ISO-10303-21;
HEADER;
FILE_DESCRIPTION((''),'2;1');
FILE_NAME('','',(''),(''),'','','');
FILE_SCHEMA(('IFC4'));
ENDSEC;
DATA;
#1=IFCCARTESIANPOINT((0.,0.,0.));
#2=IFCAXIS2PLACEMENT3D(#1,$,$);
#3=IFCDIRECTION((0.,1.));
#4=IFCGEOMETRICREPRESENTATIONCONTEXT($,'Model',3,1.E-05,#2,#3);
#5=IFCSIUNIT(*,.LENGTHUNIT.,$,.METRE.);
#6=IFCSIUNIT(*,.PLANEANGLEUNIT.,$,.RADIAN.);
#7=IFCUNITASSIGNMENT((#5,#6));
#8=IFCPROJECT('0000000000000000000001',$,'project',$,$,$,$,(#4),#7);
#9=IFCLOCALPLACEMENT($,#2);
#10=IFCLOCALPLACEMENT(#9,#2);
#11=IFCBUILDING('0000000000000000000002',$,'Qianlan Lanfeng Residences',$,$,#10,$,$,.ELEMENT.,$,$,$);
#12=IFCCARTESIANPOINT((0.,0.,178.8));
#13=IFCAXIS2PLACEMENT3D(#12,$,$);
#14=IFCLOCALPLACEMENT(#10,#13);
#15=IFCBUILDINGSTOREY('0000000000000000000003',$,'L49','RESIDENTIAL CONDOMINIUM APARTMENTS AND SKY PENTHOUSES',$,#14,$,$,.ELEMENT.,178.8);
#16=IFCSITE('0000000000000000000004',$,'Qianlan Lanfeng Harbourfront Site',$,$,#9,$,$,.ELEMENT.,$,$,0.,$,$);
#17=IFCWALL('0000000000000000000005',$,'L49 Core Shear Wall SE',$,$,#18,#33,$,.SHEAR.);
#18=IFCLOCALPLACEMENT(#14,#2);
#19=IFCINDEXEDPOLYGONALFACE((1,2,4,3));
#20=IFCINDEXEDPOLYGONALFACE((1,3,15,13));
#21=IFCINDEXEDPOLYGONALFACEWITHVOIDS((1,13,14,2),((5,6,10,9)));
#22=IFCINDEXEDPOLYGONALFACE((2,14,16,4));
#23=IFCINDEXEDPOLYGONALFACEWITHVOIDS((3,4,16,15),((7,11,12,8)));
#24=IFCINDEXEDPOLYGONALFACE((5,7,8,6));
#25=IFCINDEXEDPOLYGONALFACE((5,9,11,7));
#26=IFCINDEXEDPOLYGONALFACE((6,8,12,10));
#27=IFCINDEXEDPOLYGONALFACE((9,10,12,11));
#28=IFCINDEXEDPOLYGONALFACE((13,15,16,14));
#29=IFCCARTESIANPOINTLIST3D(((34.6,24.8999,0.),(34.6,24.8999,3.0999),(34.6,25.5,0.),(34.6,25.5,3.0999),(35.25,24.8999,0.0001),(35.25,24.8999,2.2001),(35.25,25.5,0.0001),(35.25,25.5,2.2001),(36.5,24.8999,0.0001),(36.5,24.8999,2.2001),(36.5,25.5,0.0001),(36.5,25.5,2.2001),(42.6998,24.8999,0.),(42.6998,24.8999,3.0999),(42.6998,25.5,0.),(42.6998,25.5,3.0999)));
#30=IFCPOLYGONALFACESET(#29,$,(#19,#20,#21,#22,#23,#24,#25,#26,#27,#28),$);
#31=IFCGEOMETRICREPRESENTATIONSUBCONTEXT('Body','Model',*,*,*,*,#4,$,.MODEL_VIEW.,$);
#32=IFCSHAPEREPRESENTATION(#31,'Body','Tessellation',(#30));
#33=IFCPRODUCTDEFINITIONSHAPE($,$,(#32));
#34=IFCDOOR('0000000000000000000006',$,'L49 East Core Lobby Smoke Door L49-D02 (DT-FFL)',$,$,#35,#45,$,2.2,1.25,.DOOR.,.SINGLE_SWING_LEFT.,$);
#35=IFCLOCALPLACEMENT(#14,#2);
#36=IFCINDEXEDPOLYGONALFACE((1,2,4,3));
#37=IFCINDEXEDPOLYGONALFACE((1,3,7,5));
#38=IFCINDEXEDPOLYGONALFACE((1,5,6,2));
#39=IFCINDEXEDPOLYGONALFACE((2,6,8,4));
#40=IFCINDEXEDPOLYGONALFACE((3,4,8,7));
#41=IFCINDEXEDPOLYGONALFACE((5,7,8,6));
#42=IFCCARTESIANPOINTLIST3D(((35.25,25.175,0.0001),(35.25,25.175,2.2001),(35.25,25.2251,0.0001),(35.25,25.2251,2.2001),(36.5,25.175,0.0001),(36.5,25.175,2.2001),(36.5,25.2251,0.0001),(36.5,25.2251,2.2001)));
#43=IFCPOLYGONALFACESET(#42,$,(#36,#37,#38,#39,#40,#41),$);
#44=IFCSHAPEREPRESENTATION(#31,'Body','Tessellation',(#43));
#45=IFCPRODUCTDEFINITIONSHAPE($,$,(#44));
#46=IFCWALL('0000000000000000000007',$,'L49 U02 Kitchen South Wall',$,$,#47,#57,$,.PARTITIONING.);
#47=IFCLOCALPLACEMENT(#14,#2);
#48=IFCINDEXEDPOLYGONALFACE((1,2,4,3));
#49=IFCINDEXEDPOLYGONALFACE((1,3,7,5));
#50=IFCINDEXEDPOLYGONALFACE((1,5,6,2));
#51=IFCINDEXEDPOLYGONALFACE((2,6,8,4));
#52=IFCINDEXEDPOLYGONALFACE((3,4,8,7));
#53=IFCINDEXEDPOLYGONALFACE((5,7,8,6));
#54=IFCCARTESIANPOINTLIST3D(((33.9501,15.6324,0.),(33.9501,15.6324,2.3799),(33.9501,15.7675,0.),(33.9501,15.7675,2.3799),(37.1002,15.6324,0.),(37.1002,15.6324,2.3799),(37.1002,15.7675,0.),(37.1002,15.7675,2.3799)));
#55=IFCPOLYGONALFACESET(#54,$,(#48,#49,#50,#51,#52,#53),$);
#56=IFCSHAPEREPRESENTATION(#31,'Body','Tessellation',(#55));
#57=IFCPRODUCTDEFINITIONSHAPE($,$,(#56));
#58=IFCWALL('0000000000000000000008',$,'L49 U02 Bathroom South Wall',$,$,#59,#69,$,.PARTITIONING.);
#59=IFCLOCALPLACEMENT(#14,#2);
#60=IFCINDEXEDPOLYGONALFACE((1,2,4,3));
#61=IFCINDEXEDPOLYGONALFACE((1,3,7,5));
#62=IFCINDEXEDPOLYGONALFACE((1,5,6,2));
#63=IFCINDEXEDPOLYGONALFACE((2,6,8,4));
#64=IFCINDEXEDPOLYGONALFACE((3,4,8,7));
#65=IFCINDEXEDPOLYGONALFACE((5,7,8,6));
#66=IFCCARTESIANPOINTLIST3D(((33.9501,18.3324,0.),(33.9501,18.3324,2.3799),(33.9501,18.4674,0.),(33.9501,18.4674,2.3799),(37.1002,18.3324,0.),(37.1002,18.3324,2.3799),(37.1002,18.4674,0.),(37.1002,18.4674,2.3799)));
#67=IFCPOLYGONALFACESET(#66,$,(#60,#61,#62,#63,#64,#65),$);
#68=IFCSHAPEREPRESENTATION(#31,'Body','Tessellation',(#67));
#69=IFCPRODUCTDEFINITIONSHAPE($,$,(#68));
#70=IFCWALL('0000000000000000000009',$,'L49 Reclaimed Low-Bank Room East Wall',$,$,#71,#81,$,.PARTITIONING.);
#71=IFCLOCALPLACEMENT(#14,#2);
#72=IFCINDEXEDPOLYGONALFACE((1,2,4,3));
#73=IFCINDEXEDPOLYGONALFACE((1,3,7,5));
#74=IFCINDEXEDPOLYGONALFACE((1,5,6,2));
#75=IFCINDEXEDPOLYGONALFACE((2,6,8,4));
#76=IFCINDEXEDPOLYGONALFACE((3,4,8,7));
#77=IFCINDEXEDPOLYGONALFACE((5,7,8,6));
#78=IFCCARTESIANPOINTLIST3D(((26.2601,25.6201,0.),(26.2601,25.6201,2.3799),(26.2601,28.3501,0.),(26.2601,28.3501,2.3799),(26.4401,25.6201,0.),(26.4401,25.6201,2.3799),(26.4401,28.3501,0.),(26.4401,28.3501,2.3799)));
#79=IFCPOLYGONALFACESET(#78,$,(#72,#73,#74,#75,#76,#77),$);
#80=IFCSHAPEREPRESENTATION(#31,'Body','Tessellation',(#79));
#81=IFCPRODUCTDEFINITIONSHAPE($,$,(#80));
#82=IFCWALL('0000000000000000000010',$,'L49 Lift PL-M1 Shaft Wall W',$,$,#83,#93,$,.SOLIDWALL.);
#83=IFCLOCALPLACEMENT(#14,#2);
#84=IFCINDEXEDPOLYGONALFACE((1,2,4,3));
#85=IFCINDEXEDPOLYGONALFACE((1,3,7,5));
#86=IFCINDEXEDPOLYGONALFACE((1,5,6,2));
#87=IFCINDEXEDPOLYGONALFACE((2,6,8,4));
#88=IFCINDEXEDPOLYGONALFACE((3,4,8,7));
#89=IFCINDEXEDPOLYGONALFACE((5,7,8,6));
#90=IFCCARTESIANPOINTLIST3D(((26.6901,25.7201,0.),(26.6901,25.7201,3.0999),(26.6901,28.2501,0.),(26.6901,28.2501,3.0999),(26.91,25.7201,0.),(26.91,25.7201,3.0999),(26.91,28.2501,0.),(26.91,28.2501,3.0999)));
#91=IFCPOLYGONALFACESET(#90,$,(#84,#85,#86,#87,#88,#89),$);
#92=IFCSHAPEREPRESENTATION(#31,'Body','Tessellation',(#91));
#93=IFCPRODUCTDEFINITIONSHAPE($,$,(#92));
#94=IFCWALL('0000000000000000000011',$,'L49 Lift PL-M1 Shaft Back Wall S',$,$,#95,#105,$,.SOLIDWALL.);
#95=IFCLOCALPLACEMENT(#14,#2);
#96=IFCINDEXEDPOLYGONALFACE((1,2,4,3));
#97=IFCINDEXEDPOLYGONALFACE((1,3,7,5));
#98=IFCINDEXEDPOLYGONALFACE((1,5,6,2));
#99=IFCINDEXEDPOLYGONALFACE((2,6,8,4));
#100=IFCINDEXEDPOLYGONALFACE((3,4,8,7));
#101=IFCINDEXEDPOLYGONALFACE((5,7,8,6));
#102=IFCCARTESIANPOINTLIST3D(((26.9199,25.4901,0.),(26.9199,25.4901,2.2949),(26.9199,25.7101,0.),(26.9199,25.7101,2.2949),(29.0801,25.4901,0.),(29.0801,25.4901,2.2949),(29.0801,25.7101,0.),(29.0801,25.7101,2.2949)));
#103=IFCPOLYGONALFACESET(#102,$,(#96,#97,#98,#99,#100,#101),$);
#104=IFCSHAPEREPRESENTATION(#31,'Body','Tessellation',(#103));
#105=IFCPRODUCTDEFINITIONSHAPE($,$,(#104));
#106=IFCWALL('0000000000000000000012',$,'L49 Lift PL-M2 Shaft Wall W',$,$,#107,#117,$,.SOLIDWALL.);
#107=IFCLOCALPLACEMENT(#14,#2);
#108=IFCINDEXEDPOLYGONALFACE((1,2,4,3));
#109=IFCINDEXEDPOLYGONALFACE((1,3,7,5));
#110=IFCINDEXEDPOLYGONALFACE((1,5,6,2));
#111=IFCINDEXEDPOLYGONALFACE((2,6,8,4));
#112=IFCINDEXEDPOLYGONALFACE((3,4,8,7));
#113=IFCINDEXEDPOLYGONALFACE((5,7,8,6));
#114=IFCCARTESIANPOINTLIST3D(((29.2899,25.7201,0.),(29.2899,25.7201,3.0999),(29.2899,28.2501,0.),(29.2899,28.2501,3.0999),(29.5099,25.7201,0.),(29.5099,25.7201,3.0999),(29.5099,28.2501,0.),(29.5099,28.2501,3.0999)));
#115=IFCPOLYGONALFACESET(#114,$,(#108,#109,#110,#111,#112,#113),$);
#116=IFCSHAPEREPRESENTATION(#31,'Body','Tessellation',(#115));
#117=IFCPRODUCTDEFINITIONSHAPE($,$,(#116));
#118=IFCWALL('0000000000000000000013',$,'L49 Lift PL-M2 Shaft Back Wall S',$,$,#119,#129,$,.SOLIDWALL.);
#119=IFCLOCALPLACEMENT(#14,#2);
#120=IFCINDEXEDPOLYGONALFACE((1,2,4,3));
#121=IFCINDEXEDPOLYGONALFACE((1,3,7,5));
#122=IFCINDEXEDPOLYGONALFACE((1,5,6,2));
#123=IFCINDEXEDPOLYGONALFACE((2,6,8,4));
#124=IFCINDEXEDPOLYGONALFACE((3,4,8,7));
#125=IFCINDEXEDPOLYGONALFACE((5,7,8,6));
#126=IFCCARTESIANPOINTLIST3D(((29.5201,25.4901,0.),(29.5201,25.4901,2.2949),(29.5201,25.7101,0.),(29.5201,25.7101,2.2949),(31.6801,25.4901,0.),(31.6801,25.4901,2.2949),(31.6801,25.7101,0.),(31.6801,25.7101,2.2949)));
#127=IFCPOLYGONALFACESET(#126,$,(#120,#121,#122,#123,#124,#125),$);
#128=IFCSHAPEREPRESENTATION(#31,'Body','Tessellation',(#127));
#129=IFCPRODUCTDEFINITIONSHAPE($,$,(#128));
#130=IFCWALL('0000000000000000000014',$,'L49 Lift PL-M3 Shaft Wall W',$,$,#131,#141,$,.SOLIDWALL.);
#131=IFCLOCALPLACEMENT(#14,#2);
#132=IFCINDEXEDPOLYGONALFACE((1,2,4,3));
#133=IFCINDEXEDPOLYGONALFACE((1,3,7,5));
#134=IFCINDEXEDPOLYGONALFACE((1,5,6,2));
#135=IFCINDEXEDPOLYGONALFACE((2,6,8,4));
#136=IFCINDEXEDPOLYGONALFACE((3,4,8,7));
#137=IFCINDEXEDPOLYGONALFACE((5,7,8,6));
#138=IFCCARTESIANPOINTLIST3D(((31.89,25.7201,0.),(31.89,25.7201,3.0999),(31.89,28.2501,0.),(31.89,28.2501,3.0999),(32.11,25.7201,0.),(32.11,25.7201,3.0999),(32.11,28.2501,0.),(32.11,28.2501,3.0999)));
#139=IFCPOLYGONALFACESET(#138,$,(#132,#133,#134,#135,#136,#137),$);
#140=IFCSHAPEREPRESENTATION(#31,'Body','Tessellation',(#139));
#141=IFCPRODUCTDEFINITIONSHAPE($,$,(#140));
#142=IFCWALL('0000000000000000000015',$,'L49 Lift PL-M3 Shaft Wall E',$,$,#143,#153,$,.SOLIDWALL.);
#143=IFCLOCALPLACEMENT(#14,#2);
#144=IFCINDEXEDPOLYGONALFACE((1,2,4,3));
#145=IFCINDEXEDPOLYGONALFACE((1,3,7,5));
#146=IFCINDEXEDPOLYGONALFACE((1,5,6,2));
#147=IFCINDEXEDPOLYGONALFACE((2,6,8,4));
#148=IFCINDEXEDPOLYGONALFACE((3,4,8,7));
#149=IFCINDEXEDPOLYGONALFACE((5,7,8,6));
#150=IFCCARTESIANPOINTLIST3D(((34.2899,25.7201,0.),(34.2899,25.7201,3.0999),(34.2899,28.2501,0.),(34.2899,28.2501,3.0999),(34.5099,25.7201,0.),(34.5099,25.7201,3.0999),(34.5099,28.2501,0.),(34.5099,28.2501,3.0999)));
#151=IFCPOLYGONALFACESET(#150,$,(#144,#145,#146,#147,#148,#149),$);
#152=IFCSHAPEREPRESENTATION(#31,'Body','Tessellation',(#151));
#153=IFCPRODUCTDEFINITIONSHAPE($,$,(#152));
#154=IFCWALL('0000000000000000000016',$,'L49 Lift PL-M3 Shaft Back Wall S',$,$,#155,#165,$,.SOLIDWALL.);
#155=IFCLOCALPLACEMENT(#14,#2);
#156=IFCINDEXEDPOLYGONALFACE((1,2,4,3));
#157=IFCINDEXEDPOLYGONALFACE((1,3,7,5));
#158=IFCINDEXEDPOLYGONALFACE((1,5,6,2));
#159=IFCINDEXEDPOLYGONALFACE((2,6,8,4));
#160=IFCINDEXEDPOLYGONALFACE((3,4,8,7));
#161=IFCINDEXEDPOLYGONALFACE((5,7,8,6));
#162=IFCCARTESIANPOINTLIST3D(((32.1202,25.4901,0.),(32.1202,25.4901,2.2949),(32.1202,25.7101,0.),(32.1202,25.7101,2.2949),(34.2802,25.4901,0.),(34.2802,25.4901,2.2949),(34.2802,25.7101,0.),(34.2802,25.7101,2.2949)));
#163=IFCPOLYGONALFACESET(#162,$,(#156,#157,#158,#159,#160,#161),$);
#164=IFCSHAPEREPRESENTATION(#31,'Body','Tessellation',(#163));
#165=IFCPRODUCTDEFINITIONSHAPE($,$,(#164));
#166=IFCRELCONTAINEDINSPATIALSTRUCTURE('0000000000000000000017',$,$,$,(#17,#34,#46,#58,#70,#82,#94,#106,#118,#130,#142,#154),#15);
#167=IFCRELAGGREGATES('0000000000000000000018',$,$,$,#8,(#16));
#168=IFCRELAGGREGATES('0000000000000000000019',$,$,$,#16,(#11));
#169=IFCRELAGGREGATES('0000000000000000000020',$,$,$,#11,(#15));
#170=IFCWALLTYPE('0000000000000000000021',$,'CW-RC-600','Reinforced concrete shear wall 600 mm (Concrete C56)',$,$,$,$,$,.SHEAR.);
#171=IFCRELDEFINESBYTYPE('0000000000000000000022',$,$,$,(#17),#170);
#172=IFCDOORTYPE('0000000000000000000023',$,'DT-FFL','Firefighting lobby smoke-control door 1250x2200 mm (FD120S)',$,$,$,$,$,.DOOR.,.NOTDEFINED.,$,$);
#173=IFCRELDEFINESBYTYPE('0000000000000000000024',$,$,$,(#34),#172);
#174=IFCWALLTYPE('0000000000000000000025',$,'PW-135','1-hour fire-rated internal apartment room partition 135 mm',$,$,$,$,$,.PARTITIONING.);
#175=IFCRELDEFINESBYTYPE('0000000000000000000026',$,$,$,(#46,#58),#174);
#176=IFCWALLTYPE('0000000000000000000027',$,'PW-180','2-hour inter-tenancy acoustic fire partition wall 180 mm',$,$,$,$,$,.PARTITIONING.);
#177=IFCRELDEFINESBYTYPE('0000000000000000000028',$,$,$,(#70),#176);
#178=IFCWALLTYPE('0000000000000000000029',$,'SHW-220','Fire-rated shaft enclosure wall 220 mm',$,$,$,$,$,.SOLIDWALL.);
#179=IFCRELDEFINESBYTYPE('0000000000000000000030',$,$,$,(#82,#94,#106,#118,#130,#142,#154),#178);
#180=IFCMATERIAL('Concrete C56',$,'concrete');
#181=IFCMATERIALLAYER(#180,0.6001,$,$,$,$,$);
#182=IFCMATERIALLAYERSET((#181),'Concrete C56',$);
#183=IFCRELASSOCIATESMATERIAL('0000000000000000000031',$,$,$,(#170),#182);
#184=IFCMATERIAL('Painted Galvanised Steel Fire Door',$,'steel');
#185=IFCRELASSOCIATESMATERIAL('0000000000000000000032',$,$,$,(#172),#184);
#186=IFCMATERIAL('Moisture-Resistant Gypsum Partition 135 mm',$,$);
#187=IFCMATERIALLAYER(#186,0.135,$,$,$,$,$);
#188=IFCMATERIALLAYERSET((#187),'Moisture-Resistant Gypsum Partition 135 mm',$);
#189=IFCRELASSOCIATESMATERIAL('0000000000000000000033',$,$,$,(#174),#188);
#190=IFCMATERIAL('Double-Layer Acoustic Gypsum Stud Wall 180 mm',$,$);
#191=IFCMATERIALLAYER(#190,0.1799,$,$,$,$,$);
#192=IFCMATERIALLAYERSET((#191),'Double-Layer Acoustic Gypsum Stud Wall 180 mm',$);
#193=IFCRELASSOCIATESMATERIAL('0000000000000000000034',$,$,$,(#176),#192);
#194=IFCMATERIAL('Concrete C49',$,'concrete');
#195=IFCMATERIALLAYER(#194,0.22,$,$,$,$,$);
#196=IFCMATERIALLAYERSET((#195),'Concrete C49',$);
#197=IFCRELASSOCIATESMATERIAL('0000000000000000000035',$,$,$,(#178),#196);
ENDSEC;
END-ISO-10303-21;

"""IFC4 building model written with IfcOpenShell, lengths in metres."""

from ifc_helpers import new_model, si_unit, direction, frame, frame_2d, origin, place, context, subcontext, project, spatial, rectangle, extrude, material, layer, layer_set, type_object, element, fill, save


model = new_model("IFC4")

# Units and contexts
model_context = context("Model", 3, precision=1e-05, world=origin(), true_north=direction((0.0, 1.0)))
body_context = subcontext(model_context, "Body", "Model", "MODEL_VIEW")
ifc_project = project(units=[si_unit("LENGTHUNIT", "METRE"), si_unit("PLANEANGLEUNIT", "RADIAN")], contexts=[model_context])

# Site, building, storey
site_placement = place(None, origin())
site = spatial("IfcSite", under=ifc_project, at=site_placement, Name="Qianlan Lanfeng Harbourfront Site", CompositionType="ELEMENT", RefElevation=0.0)
building_placement = place(site_placement, origin())
building = spatial("IfcBuilding", under=site, at=building_placement, Name="Qianlan Lanfeng Residences", CompositionType="ELEMENT")
storey_placement = place(building_placement, frame((0.0, 0.0, 178.8)))
storey = spatial("IfcBuildingStorey", under=building, at=storey_placement, Name="L49", Description="RESIDENTIAL CONDOMINIUM APARTMENTS AND SKY PENTHOUSES", CompositionType="ELEMENT", Elevation=178.8)

# Shared definitions
ifc_material_1 = material(Name="Concrete C49", Category="concrete")

# Wall, opening, door
ifc_material_2 = material(Name="Concrete C56", Category="concrete")
ifc_layer_1 = layer(ifc_material_2, 0.6001)
ifc_layer_set_1 = layer_set([ifc_layer_1], Name="Concrete C56")
wall_type_1 = type_object("IfcWallType", Name="CW-RC-600", Description="Reinforced concrete shear wall 600 mm (Concrete C56)", PredefinedType="SHEAR", material=ifc_layer_set_1)
wall_1_placement = place(storey_placement, frame((34.6001, 25.2, 0.0), z_axis=(0.0, 0.0, 1.0), x_axis=(1.0, 0.0, 0.0)))
wall_1 = element("IfcWall", 1, at=wall_1_placement, inside=storey, type_object=wall_type_1, Name="L49 Core Shear Wall SE", PredefinedType="SHEAR", context=body_context, shape_type="SweptSolid", body=[
    extrude(rectangle(XDim=8.0999, YDim=0.6001, at=frame_2d((4.0498, 0.0))), origin(), (0.0, 0.0, 1.0), 3.0999),
])
opening_1_placement = place(wall_1_placement, frame((0.6499, 0.0, 0.0)))
opening_1 = element("IfcOpeningElement", 2, at=opening_1_placement, cuts=wall_1, PredefinedType="OPENING", context=body_context, shape_type="SweptSolid", body=[
    extrude(rectangle(XDim=1.25, YDim=2.2, at=frame_2d((0.625, 1.1001))), frame((0.0, 0.3101, 0.0), z_axis=(0.0, -1.0, 0.0), x_axis=(1.0, 0.0, 0.0)), (0.0, 0.0, 1.0), 0.6201),
])
ifc_material_3 = material(Name="Painted Galvanised Steel Fire Door", Category="steel")
door_type_1 = type_object("IfcDoorType", Name="DT-FFL", Description="Firefighting lobby smoke-control door 1250x2200 mm (FD120S)", OperationType="NOTDEFINED", PredefinedType="DOOR", material=ifc_material_3)
door_1_placement = place(opening_1_placement, frame((1.25, 0.0, 0.0), z_axis=(0.0, 0.0, 1.0), x_axis=(-1.0, 0.0, 0.0)))
door_1 = element("IfcDoor", 3, at=door_1_placement, inside=storey, type_object=door_type_1, Name="L49 East Core Lobby Smoke Door L49-D02 (DT-FFL)", OperationType="SINGLE_SWING_LEFT", OverallHeight=2.2, OverallWidth=1.25, PredefinedType="DOOR", context=body_context, shape_type="SweptSolid", body=[
    extrude(rectangle(XDim=1.25, YDim=2.2, at=frame_2d((0.625, 1.1001))), frame((0.0, 0.0249, 0.0), z_axis=(0.0, -1.0, 0.0), x_axis=(1.0, 0.0, 0.0)), (0.0, 0.0, 1.0), 0.05),
])
fill(opening_1, door_1)

# Walls
ifc_material_4 = material(Name="Moisture-Resistant Gypsum Partition 135 mm")
ifc_layer_2 = layer(ifc_material_4, 0.135)
ifc_layer_set_2 = layer_set([ifc_layer_2], Name="Moisture-Resistant Gypsum Partition 135 mm")
wall_type_2 = type_object("IfcWallType", Name="PW-135", Description="1-hour fire-rated internal apartment room partition 135 mm", PredefinedType="PARTITIONING", material=ifc_layer_set_2)
for number, where, z_axis, x_axis, name in (
    (4, (33.95, 15.7, 0.0), (0.0, 0.0, 1.0), (1.0, 0.0, 0.0), "L49 U02 Kitchen South Wall"),
    (5, (33.95, 18.3999, 0.0), (0.0, 0.0, 1.0), (1.0, 0.0, 0.0), "L49 U02 Bathroom South Wall"),
):
    element("IfcWall", number, at=place(storey_placement, frame(where, z_axis=z_axis, x_axis=x_axis)), inside=storey, type_object=wall_type_2, Name=name, PredefinedType="PARTITIONING", context=body_context, shape_type="SweptSolid", body=[
        extrude(rectangle(XDim=3.1501, YDim=0.135, at=frame_2d((1.5752, 0.0))), origin(), (0.0, 0.0, 1.0), 2.3799),
    ])

# Shared definitions
ifc_material_5 = material(Name="Double-Layer Acoustic Gypsum Stud Wall 180 mm")
ifc_layer_3 = layer(ifc_material_5, 0.1799)
ifc_layer_set_3 = layer_set([ifc_layer_3], Name="Double-Layer Acoustic Gypsum Stud Wall 180 mm")
wall_type_3 = type_object("IfcWallType", Name="PW-180", Description="2-hour inter-tenancy acoustic fire partition wall 180 mm", PredefinedType="PARTITIONING", material=ifc_layer_set_3)

# Walls
wall_2_placement = place(storey_placement, frame((26.3501, 25.6201, 0.0), z_axis=(0.0, 0.0, 1.0), x_axis=(0.0, 1.0, 0.0)))
element("IfcWall", 6, at=wall_2_placement, inside=storey, type_object=wall_type_3, Name="L49 Reclaimed Low-Bank Room East Wall", PredefinedType="PARTITIONING", context=body_context, shape_type="SweptSolid", body=[
    extrude(rectangle(XDim=2.73, YDim=0.1799, at=frame_2d((1.365, 0.0))), origin(), (0.0, 0.0, 1.0), 2.3799),
])
ifc_layer_4 = layer(ifc_material_1, 0.22)
ifc_layer_set_4 = layer_set([ifc_layer_4], Name="Concrete C49")
wall_type_4 = type_object("IfcWallType", Name="SHW-220", Description="Fire-rated shaft enclosure wall 220 mm", PredefinedType="SOLIDWALL", material=ifc_layer_set_4)
wall_3_placement = place(storey_placement, frame((26.8, 25.72, 0.0), z_axis=(0.0, 0.0, 1.0), x_axis=(0.0, 1.0, 0.0)))
element("IfcWall", 7, at=wall_3_placement, inside=storey, type_object=wall_type_4, Name="L49 Lift PL-M1 Shaft Wall W", PredefinedType="SOLIDWALL", context=body_context, shape_type="SweptSolid", body=[
    extrude(rectangle(XDim=2.53, YDim=0.22, at=frame_2d((1.2651, 0.0))), origin(), (0.0, 0.0, 1.0), 3.0999),
])
wall_4_placement = place(storey_placement, frame((26.9199, 25.6001, 0.0), z_axis=(0.0, 0.0, 1.0), x_axis=(1.0, 0.0, 0.0)))
element("IfcWall", 8, at=wall_4_placement, inside=storey, type_object=wall_type_4, Name="L49 Lift PL-M1 Shaft Back Wall S", PredefinedType="SOLIDWALL", context=body_context, shape_type="SweptSolid", body=[
    extrude(rectangle(XDim=2.1602, YDim=0.22, at=frame_2d((1.0801, 0.0))), origin(), (0.0, 0.0, 1.0), 2.2949),
])
wall_5_placement = place(storey_placement, frame((29.3999, 25.72, 0.0), z_axis=(0.0, 0.0, 1.0), x_axis=(0.0, 1.0, 0.0)))
element("IfcWall", 9, at=wall_5_placement, inside=storey, type_object=wall_type_4, Name="L49 Lift PL-M2 Shaft Wall W", PredefinedType="SOLIDWALL", context=body_context, shape_type="SweptSolid", body=[
    extrude(rectangle(XDim=2.53, YDim=0.22, at=frame_2d((1.2651, 0.0))), origin(), (0.0, 0.0, 1.0), 3.0999),
])
wall_6_placement = place(storey_placement, frame((29.52, 25.6001, 0.0), z_axis=(0.0, 0.0, 1.0), x_axis=(1.0, 0.0, 0.0)))
element("IfcWall", 10, at=wall_6_placement, inside=storey, type_object=wall_type_4, Name="L49 Lift PL-M2 Shaft Back Wall S", PredefinedType="SOLIDWALL", context=body_context, shape_type="SweptSolid", body=[
    extrude(rectangle(XDim=2.1599, YDim=0.22, at=frame_2d((1.0801, 0.0))), origin(), (0.0, 0.0, 1.0), 2.2949),
])
for number, where, z_axis, x_axis, name in (
    (11, (32.0, 25.72, 0.0), (0.0, 0.0, 1.0), (0.0, 1.0, 0.0), "L49 Lift PL-M3 Shaft Wall W"),
    (12, (34.3999, 25.72, 0.0), (0.0, 0.0, 1.0), (0.0, 1.0, 0.0), "L49 Lift PL-M3 Shaft Wall E"),
):
    element("IfcWall", number, at=place(storey_placement, frame(where, z_axis=z_axis, x_axis=x_axis)), inside=storey, type_object=wall_type_4, Name=name, PredefinedType="SOLIDWALL", context=body_context, shape_type="SweptSolid", body=[
        extrude(rectangle(XDim=2.53, YDim=0.22, at=frame_2d((1.2651, 0.0))), origin(), (0.0, 0.0, 1.0), 3.0999),
    ])
wall_7_placement = place(storey_placement, frame((32.1201, 25.6001, 0.0), z_axis=(0.0, 0.0, 1.0), x_axis=(1.0, 0.0, 0.0)))
element("IfcWall", 13, at=wall_7_placement, inside=storey, type_object=wall_type_4, Name="L49 Lift PL-M3 Shaft Back Wall S", PredefinedType="SOLIDWALL", context=body_context, shape_type="SweptSolid", body=[
    extrude(rectangle(XDim=2.1599, YDim=0.22, at=frame_2d((1.0801, 0.0))), origin(), (0.0, 0.0, 1.0), 2.2949),
])

save(model, "model.ifc")
